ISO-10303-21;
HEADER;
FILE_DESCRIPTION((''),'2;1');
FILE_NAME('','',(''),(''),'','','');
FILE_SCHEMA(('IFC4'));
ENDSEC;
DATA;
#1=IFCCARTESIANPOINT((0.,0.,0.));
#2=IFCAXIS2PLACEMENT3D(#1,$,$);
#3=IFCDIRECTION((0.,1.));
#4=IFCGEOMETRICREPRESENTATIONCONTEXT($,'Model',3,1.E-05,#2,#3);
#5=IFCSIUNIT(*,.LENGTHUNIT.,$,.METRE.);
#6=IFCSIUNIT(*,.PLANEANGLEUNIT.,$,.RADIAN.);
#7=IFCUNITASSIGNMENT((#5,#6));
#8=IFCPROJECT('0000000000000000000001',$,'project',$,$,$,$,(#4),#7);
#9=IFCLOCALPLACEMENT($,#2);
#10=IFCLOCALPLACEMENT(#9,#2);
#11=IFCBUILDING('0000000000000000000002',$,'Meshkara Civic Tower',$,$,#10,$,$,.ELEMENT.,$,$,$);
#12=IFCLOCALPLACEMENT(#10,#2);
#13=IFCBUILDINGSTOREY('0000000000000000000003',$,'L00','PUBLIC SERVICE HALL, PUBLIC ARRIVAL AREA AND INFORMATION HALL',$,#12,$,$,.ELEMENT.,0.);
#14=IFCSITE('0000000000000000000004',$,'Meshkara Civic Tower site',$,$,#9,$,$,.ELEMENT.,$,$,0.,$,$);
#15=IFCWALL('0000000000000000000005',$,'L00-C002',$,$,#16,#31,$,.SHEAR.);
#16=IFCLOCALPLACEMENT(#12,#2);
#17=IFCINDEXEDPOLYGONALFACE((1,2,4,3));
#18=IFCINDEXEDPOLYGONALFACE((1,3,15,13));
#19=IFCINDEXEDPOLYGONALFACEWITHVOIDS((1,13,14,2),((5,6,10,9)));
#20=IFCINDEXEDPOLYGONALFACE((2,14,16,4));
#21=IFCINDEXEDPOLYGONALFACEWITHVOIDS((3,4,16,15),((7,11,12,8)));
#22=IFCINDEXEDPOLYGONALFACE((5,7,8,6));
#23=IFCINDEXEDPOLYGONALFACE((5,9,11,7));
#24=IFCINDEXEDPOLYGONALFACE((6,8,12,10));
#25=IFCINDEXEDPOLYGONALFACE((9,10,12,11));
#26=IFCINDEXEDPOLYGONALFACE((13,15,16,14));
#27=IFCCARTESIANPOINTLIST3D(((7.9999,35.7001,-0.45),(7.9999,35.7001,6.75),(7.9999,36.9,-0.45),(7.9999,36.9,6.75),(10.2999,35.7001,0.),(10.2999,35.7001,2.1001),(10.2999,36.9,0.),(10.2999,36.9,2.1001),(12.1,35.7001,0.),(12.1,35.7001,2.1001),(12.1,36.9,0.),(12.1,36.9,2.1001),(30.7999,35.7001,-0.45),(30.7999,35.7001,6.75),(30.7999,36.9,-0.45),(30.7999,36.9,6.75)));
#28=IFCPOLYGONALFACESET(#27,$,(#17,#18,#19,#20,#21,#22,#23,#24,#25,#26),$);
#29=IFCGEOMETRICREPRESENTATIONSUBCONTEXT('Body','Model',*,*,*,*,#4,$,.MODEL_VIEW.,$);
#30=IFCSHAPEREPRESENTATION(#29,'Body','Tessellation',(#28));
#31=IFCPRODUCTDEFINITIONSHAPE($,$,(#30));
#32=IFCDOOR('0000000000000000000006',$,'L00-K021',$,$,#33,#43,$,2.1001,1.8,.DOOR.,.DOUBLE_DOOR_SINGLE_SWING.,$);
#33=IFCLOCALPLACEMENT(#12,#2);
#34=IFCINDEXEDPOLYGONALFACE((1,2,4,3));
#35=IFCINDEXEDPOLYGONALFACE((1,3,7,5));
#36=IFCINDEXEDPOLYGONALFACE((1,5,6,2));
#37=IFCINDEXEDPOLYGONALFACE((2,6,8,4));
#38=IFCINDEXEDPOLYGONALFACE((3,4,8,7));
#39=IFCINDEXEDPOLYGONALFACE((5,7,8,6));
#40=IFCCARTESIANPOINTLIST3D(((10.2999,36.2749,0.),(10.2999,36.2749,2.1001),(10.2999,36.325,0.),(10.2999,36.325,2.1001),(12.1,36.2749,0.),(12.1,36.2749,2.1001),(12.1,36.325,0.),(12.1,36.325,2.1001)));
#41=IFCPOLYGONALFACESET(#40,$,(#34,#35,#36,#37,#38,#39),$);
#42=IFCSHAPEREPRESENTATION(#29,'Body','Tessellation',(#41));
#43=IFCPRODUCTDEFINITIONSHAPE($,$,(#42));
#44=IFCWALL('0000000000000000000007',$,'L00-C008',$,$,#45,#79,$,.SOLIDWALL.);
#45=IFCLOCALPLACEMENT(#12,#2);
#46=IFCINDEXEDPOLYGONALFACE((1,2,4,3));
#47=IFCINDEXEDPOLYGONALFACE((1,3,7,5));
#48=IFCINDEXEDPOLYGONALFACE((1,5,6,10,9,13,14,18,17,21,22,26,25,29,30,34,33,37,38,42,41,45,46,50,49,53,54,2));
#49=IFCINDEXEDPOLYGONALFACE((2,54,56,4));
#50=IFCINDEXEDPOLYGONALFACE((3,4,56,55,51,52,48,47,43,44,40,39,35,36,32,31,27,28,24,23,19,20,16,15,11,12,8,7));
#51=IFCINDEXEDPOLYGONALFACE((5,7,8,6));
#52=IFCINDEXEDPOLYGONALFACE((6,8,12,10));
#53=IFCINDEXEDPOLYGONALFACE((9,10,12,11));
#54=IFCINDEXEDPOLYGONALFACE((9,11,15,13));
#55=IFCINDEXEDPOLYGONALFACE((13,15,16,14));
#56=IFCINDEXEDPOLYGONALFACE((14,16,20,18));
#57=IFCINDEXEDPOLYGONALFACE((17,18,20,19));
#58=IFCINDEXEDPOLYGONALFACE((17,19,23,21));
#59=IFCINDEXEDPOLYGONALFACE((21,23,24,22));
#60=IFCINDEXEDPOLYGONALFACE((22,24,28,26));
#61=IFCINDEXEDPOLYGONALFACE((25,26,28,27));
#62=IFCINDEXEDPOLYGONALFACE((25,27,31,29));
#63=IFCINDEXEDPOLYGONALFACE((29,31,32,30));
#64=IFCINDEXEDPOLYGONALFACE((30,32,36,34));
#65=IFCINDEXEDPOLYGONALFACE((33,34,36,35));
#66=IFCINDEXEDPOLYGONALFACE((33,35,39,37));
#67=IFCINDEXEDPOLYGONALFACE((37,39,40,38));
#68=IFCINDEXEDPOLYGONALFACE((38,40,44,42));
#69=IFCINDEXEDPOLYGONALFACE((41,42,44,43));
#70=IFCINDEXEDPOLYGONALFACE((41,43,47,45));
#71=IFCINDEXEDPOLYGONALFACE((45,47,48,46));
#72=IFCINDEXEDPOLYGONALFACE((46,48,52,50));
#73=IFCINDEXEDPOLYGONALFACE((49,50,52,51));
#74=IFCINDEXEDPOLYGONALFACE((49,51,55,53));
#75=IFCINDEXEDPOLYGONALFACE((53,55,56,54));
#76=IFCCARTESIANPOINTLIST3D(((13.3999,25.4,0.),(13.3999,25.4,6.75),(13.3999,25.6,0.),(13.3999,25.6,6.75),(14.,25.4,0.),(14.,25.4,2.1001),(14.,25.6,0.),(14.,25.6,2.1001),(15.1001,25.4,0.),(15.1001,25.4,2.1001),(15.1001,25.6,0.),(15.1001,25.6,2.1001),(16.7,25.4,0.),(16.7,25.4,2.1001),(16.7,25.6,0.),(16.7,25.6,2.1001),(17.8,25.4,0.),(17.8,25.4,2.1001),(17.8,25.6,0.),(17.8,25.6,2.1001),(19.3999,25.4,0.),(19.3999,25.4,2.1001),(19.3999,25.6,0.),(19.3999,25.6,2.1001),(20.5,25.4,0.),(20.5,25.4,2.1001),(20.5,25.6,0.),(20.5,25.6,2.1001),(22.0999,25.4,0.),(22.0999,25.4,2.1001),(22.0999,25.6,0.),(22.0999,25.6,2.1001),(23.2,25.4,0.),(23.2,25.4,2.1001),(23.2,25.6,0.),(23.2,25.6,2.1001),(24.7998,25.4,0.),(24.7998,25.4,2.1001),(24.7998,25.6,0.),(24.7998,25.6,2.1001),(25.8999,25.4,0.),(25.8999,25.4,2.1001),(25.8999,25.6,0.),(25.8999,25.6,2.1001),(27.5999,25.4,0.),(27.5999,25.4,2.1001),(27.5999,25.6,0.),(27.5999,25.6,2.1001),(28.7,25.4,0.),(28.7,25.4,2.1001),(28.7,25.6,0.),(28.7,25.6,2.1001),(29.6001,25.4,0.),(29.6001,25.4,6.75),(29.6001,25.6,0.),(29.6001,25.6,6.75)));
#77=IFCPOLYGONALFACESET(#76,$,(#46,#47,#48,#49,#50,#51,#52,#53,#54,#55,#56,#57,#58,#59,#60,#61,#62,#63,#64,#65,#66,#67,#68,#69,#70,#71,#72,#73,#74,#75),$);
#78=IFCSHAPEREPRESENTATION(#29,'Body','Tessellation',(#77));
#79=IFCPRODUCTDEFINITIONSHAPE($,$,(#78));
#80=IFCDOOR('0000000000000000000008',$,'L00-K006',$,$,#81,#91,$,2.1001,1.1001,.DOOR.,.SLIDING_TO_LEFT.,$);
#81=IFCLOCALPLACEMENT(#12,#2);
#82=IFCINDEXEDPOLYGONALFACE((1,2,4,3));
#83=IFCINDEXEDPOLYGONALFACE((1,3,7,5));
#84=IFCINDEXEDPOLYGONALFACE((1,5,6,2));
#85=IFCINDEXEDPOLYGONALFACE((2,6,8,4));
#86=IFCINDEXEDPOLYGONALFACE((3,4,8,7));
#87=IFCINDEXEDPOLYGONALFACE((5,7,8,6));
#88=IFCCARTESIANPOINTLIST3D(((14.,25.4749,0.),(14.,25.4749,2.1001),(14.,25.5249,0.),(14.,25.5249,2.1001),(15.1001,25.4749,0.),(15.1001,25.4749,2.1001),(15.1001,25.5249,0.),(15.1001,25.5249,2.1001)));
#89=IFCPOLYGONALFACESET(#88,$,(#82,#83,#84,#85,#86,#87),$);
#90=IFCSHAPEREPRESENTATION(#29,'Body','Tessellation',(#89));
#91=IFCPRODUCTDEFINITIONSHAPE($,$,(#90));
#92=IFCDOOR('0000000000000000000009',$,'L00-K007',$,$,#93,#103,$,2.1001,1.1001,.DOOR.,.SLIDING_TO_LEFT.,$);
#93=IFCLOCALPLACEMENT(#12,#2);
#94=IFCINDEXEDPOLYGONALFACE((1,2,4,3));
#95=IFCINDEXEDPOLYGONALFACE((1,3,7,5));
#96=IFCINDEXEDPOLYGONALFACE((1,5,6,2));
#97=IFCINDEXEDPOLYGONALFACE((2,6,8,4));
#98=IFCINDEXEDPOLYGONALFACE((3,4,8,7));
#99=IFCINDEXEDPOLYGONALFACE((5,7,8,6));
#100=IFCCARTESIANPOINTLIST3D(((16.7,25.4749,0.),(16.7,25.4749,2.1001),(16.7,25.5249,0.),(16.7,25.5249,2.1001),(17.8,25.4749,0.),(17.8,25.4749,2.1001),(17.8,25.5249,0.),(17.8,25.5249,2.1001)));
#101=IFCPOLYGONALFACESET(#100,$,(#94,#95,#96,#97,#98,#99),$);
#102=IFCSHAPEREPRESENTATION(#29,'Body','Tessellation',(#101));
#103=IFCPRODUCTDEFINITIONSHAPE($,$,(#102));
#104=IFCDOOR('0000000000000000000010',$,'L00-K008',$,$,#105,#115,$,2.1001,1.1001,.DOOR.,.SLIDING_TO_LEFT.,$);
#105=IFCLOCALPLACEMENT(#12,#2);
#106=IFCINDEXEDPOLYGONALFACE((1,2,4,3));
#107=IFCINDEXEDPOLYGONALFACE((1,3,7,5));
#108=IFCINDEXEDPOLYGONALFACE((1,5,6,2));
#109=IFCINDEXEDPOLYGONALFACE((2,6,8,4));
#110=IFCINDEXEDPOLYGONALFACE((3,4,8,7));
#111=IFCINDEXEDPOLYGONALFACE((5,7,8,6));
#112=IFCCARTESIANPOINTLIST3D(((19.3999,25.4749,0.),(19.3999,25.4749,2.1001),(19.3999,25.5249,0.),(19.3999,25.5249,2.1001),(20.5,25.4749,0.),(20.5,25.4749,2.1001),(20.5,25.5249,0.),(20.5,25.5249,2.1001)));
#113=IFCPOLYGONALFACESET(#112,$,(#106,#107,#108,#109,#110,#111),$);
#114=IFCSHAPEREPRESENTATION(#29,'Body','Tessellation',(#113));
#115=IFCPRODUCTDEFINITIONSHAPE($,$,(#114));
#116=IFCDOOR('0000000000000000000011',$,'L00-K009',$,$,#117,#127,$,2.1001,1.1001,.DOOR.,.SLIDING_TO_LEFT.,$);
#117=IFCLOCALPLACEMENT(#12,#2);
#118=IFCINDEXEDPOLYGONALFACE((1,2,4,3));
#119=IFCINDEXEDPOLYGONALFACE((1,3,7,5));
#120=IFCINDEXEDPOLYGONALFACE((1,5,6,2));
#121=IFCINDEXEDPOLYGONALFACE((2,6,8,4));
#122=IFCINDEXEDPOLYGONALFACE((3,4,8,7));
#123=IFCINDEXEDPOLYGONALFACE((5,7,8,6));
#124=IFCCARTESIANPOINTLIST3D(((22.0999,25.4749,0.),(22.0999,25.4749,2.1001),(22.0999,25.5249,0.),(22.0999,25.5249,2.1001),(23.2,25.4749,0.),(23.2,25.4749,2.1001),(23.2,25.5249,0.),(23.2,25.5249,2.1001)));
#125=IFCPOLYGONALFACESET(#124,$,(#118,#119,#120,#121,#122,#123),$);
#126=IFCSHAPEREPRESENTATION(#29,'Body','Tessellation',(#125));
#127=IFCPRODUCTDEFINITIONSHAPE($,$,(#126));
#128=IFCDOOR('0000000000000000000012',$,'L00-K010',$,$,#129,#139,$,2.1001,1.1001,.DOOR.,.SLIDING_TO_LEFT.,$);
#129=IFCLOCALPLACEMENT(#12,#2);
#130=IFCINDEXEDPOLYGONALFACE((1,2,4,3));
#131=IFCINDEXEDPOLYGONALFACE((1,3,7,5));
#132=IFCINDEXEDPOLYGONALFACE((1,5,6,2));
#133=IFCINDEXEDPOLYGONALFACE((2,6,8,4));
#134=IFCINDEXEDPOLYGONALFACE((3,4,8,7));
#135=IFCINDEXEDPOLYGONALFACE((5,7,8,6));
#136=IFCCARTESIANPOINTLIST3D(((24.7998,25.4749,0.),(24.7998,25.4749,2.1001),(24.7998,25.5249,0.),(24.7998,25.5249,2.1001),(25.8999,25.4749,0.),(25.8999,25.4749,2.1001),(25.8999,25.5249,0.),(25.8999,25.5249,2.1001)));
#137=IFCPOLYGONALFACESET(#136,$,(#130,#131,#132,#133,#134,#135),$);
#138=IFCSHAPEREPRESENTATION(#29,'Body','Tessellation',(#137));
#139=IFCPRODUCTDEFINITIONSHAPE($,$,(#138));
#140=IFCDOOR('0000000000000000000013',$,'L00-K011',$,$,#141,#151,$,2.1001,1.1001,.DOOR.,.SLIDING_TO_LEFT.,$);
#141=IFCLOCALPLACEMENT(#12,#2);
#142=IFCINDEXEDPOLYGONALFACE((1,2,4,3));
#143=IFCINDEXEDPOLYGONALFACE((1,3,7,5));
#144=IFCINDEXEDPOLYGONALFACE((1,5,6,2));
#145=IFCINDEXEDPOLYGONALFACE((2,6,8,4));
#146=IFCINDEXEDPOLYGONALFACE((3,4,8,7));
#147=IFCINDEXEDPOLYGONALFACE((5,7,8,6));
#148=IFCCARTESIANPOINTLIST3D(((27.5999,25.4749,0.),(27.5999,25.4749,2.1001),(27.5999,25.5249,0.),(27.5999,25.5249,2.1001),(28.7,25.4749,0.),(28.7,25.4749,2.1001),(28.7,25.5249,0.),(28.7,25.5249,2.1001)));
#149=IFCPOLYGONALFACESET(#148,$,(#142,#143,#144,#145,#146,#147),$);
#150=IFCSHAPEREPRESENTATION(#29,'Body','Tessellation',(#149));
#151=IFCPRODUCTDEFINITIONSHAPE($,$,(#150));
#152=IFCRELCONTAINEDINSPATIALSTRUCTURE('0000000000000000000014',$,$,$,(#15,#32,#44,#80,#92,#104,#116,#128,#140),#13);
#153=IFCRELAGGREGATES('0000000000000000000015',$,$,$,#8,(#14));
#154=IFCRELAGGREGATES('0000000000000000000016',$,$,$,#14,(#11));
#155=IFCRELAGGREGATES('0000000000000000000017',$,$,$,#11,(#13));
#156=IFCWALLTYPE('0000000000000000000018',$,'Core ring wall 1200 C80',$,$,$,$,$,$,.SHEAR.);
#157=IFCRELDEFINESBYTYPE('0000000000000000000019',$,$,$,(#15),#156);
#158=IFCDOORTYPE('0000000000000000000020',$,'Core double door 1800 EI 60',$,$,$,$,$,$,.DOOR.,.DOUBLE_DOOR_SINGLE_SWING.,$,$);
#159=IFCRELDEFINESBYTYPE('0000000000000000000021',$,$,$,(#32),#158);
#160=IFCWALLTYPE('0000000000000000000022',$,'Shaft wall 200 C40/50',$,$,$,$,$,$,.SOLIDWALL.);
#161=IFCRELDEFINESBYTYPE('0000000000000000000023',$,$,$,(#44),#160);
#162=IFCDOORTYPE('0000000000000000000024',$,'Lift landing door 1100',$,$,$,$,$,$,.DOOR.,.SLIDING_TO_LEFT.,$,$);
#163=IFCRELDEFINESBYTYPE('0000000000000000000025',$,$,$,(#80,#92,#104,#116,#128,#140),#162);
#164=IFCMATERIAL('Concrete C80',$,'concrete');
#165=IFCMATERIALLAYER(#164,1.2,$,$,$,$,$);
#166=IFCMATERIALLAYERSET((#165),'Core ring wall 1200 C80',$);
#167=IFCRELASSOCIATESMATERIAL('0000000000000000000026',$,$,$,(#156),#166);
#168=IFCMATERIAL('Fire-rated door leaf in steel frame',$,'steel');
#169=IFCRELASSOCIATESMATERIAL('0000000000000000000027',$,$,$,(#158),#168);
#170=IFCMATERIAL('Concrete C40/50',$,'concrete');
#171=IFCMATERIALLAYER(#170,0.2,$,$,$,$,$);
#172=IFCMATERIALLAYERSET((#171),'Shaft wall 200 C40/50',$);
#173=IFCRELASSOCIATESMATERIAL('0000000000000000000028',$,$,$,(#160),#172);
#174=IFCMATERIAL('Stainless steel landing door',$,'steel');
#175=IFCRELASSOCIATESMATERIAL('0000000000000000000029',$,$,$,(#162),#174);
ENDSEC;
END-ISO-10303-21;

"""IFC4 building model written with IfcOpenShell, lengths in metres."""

from ifc_helpers import new_model, si_unit, direction, frame, frame_2d, origin, place, context, subcontext, project, spatial, rectangle, extrude, material, layer, layer_set, type_object, element, fill, save


model = new_model("IFC4")

# Units and contexts
model_context = context("Model", 3, precision=1e-05, world=origin(), true_north=direction((0.0, 1.0)))
body_context = subcontext(model_context, "Body", "Model", "MODEL_VIEW")
ifc_project = project(units=[si_unit("LENGTHUNIT", "METRE"), si_unit("PLANEANGLEUNIT", "RADIAN")], contexts=[model_context])

# Site, building, storey
site_placement = place(None, origin())
site = spatial("IfcSite", under=ifc_project, at=site_placement, Name="Meshkara Civic Tower site", CompositionType="ELEMENT", RefElevation=0.0)
building_placement = place(site_placement, origin())
building = spatial("IfcBuilding", under=site, at=building_placement, Name="Meshkara Civic Tower", CompositionType="ELEMENT")
storey_placement = place(building_placement, origin())
storey = spatial("IfcBuildingStorey", under=building, at=storey_placement, Name="L00", Description="PUBLIC SERVICE HALL, PUBLIC ARRIVAL AREA AND INFORMATION HALL", CompositionType="ELEMENT", Elevation=0.0)

# Wall, opening, door
ifc_material_1 = material(Name="Concrete C80", Category="concrete")
ifc_layer_1 = layer(ifc_material_1, 1.2)
ifc_layer_set_1 = layer_set([ifc_layer_1], Name="Core ring wall 1200 C80")
wall_type_1 = type_object("IfcWallType", Name="Core ring wall 1200 C80", PredefinedType="SHEAR", material=ifc_layer_set_1)
wall_1_placement = place(storey_placement, frame((8.0, 36.3, -0.45), z_axis=(0.0, 0.0, 1.0), x_axis=(1.0, 0.0, 0.0)))
wall_1 = element("IfcWall", 1, at=wall_1_placement, inside=storey, type_object=wall_type_1, Name="L00-C002", PredefinedType="SHEAR", context=body_context, shape_type="SweptSolid", body=[
    extrude(rectangle(XDim=22.8, YDim=1.2, at=frame_2d((11.3999, 0.0))), origin(), (0.0, 0.0, 1.0), 7.2),
])
opening_1_placement = place(wall_1_placement, frame((2.3, 0.0, 0.45)))
opening_1 = element("IfcOpeningElement", 2, at=opening_1_placement, cuts=wall_1, PredefinedType="OPENING", context=body_context, shape_type="SweptSolid", body=[
    extrude(rectangle(XDim=1.8, YDim=2.1001, at=frame_2d((0.8999, 1.05))), frame((0.0, 0.6099, 0.0), z_axis=(0.0, -1.0, 0.0), x_axis=(1.0, 0.0, 0.0)), (0.0, 0.0, 1.0), 1.22),
])
ifc_material_2 = material(Name="Fire-rated door leaf in steel frame", Category="steel")
door_type_1 = type_object("IfcDoorType", Name="Core double door 1800 EI 60", OperationType="DOUBLE_DOOR_SINGLE_SWING", PredefinedType="DOOR", material=ifc_material_2)
door_1_placement = place(opening_1_placement, origin())
door_1 = element("IfcDoor", 3, at=door_1_placement, inside=storey, type_object=door_type_1, Name="L00-K021", OperationType="DOUBLE_DOOR_SINGLE_SWING", OverallHeight=2.1001, OverallWidth=1.8, PredefinedType="DOOR", context=body_context, shape_type="SweptSolid", body=[
    extrude(rectangle(XDim=1.8, YDim=2.1001, at=frame_2d((0.8999, 1.05))), frame((0.0, 0.0249, 0.0), z_axis=(0.0, -1.0, 0.0), x_axis=(1.0, 0.0, 0.0)), (0.0, 0.0, 1.0), 0.05),
])
fill(opening_1, door_1)

# Wall, openings, doors
ifc_material_3 = material(Name="Concrete C40/50", Category="concrete")
ifc_layer_2 = layer(ifc_material_3, 0.2)
ifc_layer_set_2 = layer_set([ifc_layer_2], Name="Shaft wall 200 C40/50")
wall_type_2 = type_object("IfcWallType", Name="Shaft wall 200 C40/50", PredefinedType="SOLIDWALL", material=ifc_layer_set_2)
wall_2_placement = place(storey_placement, frame((13.3999, 25.5, 0.0), z_axis=(0.0, 0.0, 1.0), x_axis=(1.0, 0.0, 0.0)))
wall_2 = element("IfcWall", 4, at=wall_2_placement, inside=storey, type_object=wall_type_2, Name="L00-C008", PredefinedType="SOLIDWALL", context=body_context, shape_type="SweptSolid", body=[
    extrude(rectangle(XDim=16.2002, YDim=0.2, at=frame_2d((8.1001, 0.0))), origin(), (0.0, 0.0, 1.0), 6.75),
])
opening_2_placement = place(wall_2_placement, frame((0.6001, 0.0, 0.0)))
opening_2 = element("IfcOpeningElement", 5, at=opening_2_placement, cuts=wall_2, PredefinedType="OPENING", context=body_context, shape_type="SweptSolid", body=[
    extrude(rectangle(XDim=1.1001, YDim=2.1001, at=frame_2d((0.55, 1.05))), frame((0.0, 0.1099, 0.0), z_axis=(0.0, -1.0, 0.0), x_axis=(1.0, 0.0, 0.0)), (0.0, 0.0, 1.0), 0.22),
])
opening_3_placement = place(wall_2_placement, frame((3.3, 0.0, 0.0)))
opening_3 = element("IfcOpeningElement", 6, at=opening_3_placement, cuts=wall_2, PredefinedType="OPENING", context=body_context, shape_type="SweptSolid", body=[
    extrude(rectangle(XDim=1.1001, YDim=2.1001, at=frame_2d((0.55, 1.05))), frame((0.0, 0.1099, 0.0), z_axis=(0.0, -1.0, 0.0), x_axis=(1.0, 0.0, 0.0)), (0.0, 0.0, 1.0), 0.22),
])
opening_4_placement = place(wall_2_placement, frame((6.0, 0.0, 0.0)))
opening_4 = element("IfcOpeningElement", 7, at=opening_4_placement, cuts=wall_2, PredefinedType="OPENING", context=body_context, shape_type="SweptSolid", body=[
    extrude(rectangle(XDim=1.1001, YDim=2.1001, at=frame_2d((0.55, 1.05))), frame((0.0, 0.1099, 0.0), z_axis=(0.0, -1.0, 0.0), x_axis=(1.0, 0.0, 0.0)), (0.0, 0.0, 1.0), 0.22),
])
opening_5_placement = place(wall_2_placement, frame((8.7, 0.0, 0.0)))
opening_5 = element("IfcOpeningElement", 8, at=opening_5_placement, cuts=wall_2, PredefinedType="OPENING", context=body_context, shape_type="SweptSolid", body=[
    extrude(rectangle(XDim=1.1001, YDim=2.1001, at=frame_2d((0.55, 1.05))), frame((0.0, 0.1099, 0.0), z_axis=(0.0, -1.0, 0.0), x_axis=(1.0, 0.0, 0.0)), (0.0, 0.0, 1.0), 0.22),
])
opening_6_placement = place(wall_2_placement, frame((11.3999, 0.0, 0.0)))
opening_6 = element("IfcOpeningElement", 9, at=opening_6_placement, cuts=wall_2, PredefinedType="OPENING", context=body_context, shape_type="SweptSolid", body=[
    extrude(rectangle(XDim=1.1001, YDim=2.1001, at=frame_2d((0.55, 1.05))), frame((0.0, 0.1099, 0.0), z_axis=(0.0, -1.0, 0.0), x_axis=(1.0, 0.0, 0.0)), (0.0, 0.0, 1.0), 0.22),
])
opening_7_placement = place(wall_2_placement, frame((14.2, 0.0, 0.0)))
opening_7 = element("IfcOpeningElement", 10, at=opening_7_placement, cuts=wall_2, PredefinedType="OPENING", context=body_context, shape_type="SweptSolid", body=[
    extrude(rectangle(XDim=1.1001, YDim=2.1001, at=frame_2d((0.55, 1.05))), frame((0.0, 0.1099, 0.0), z_axis=(0.0, -1.0, 0.0), x_axis=(1.0, 0.0, 0.0)), (0.0, 0.0, 1.0), 0.22),
])
ifc_material_4 = material(Name="Stainless steel landing door", Category="steel")
door_type_2 = type_object("IfcDoorType", Name="Lift landing door 1100", OperationType="SLIDING_TO_LEFT", PredefinedType="DOOR", material=ifc_material_4)
door_2_placement = place(opening_2_placement, origin())
door_2 = element("IfcDoor", 11, at=door_2_placement, inside=storey, type_object=door_type_2, Name="L00-K006", OperationType="SLIDING_TO_LEFT", OverallHeight=2.1001, OverallWidth=1.1001, PredefinedType="DOOR", context=body_context, shape_type="SweptSolid", body=[
    extrude(rectangle(XDim=1.1001, YDim=2.1001, at=frame_2d((0.55, 1.05))), frame((0.0, 0.0249, 0.0), z_axis=(0.0, -1.0, 0.0), x_axis=(1.0, 0.0, 0.0)), (0.0, 0.0, 1.0), 0.05),
])
fill(opening_2, door_2)
door_3_placement = place(opening_3_placement, origin())
door_3 = element("IfcDoor", 12, at=door_3_placement, inside=storey, type_object=door_type_2, Name="L00-K007", OperationType="SLIDING_TO_LEFT", OverallHeight=2.1001, OverallWidth=1.1001, PredefinedType="DOOR", context=body_context, shape_type="SweptSolid", body=[
    extrude(rectangle(XDim=1.1001, YDim=2.1001, at=frame_2d((0.55, 1.05))), frame((0.0, 0.0249, 0.0), z_axis=(0.0, -1.0, 0.0), x_axis=(1.0, 0.0, 0.0)), (0.0, 0.0, 1.0), 0.05),
])
fill(opening_3, door_3)
door_4_placement = place(opening_4_placement, origin())
door_4 = element("IfcDoor", 13, at=door_4_placement, inside=storey, type_object=door_type_2, Name="L00-K008", OperationType="SLIDING_TO_LEFT", OverallHeight=2.1001, OverallWidth=1.1001, PredefinedType="DOOR", context=body_context, shape_type="SweptSolid", body=[
    extrude(rectangle(XDim=1.1001, YDim=2.1001, at=frame_2d((0.55, 1.05))), frame((0.0, 0.0249, 0.0), z_axis=(0.0, -1.0, 0.0), x_axis=(1.0, 0.0, 0.0)), (0.0, 0.0, 1.0), 0.05),
])
fill(opening_4, door_4)
door_5_placement = place(opening_5_placement, origin())
door_5 = element("IfcDoor", 14, at=door_5_placement, inside=storey, type_object=door_type_2, Name="L00-K009", OperationType="SLIDING_TO_LEFT", OverallHeight=2.1001, OverallWidth=1.1001, PredefinedType="DOOR", context=body_context, shape_type="SweptSolid", body=[
    extrude(rectangle(XDim=1.1001, YDim=2.1001, at=frame_2d((0.55, 1.05))), frame((0.0, 0.0249, 0.0), z_axis=(0.0, -1.0, 0.0), x_axis=(1.0, 0.0, 0.0)), (0.0, 0.0, 1.0), 0.05),
])
fill(opening_5, door_5)
door_6_placement = place(opening_6_placement, origin())
door_6 = element("IfcDoor", 15, at=door_6_placement, inside=storey, type_object=door_type_2, Name="L00-K010", OperationType="SLIDING_TO_LEFT", OverallHeight=2.1001, OverallWidth=1.1001, PredefinedType="DOOR", context=body_context, shape_type="SweptSolid", body=[
    extrude(rectangle(XDim=1.1001, YDim=2.1001, at=frame_2d((0.55, 1.05))), frame((0.0, 0.0249, 0.0), z_axis=(0.0, -1.0, 0.0), x_axis=(1.0, 0.0, 0.0)), (0.0, 0.0, 1.0), 0.05),
])
fill(opening_6, door_6)
door_7_placement = place(opening_7_placement, origin())
door_7 = element("IfcDoor", 16, at=door_7_placement, inside=storey, type_object=door_type_2, Name="L00-K011", OperationType="SLIDING_TO_LEFT", OverallHeight=2.1001, OverallWidth=1.1001, PredefinedType="DOOR", context=body_context, shape_type="SweptSolid", body=[
    extrude(rectangle(XDim=1.1001, YDim=2.1001, at=frame_2d((0.55, 1.05))), frame((0.0, 0.0249, 0.0), z_axis=(0.0, -1.0, 0.0), x_axis=(1.0, 0.0, 0.0)), (0.0, 0.0, 1.0), 0.05),
])
fill(opening_7, door_7)

save(model, "model.ifc")
